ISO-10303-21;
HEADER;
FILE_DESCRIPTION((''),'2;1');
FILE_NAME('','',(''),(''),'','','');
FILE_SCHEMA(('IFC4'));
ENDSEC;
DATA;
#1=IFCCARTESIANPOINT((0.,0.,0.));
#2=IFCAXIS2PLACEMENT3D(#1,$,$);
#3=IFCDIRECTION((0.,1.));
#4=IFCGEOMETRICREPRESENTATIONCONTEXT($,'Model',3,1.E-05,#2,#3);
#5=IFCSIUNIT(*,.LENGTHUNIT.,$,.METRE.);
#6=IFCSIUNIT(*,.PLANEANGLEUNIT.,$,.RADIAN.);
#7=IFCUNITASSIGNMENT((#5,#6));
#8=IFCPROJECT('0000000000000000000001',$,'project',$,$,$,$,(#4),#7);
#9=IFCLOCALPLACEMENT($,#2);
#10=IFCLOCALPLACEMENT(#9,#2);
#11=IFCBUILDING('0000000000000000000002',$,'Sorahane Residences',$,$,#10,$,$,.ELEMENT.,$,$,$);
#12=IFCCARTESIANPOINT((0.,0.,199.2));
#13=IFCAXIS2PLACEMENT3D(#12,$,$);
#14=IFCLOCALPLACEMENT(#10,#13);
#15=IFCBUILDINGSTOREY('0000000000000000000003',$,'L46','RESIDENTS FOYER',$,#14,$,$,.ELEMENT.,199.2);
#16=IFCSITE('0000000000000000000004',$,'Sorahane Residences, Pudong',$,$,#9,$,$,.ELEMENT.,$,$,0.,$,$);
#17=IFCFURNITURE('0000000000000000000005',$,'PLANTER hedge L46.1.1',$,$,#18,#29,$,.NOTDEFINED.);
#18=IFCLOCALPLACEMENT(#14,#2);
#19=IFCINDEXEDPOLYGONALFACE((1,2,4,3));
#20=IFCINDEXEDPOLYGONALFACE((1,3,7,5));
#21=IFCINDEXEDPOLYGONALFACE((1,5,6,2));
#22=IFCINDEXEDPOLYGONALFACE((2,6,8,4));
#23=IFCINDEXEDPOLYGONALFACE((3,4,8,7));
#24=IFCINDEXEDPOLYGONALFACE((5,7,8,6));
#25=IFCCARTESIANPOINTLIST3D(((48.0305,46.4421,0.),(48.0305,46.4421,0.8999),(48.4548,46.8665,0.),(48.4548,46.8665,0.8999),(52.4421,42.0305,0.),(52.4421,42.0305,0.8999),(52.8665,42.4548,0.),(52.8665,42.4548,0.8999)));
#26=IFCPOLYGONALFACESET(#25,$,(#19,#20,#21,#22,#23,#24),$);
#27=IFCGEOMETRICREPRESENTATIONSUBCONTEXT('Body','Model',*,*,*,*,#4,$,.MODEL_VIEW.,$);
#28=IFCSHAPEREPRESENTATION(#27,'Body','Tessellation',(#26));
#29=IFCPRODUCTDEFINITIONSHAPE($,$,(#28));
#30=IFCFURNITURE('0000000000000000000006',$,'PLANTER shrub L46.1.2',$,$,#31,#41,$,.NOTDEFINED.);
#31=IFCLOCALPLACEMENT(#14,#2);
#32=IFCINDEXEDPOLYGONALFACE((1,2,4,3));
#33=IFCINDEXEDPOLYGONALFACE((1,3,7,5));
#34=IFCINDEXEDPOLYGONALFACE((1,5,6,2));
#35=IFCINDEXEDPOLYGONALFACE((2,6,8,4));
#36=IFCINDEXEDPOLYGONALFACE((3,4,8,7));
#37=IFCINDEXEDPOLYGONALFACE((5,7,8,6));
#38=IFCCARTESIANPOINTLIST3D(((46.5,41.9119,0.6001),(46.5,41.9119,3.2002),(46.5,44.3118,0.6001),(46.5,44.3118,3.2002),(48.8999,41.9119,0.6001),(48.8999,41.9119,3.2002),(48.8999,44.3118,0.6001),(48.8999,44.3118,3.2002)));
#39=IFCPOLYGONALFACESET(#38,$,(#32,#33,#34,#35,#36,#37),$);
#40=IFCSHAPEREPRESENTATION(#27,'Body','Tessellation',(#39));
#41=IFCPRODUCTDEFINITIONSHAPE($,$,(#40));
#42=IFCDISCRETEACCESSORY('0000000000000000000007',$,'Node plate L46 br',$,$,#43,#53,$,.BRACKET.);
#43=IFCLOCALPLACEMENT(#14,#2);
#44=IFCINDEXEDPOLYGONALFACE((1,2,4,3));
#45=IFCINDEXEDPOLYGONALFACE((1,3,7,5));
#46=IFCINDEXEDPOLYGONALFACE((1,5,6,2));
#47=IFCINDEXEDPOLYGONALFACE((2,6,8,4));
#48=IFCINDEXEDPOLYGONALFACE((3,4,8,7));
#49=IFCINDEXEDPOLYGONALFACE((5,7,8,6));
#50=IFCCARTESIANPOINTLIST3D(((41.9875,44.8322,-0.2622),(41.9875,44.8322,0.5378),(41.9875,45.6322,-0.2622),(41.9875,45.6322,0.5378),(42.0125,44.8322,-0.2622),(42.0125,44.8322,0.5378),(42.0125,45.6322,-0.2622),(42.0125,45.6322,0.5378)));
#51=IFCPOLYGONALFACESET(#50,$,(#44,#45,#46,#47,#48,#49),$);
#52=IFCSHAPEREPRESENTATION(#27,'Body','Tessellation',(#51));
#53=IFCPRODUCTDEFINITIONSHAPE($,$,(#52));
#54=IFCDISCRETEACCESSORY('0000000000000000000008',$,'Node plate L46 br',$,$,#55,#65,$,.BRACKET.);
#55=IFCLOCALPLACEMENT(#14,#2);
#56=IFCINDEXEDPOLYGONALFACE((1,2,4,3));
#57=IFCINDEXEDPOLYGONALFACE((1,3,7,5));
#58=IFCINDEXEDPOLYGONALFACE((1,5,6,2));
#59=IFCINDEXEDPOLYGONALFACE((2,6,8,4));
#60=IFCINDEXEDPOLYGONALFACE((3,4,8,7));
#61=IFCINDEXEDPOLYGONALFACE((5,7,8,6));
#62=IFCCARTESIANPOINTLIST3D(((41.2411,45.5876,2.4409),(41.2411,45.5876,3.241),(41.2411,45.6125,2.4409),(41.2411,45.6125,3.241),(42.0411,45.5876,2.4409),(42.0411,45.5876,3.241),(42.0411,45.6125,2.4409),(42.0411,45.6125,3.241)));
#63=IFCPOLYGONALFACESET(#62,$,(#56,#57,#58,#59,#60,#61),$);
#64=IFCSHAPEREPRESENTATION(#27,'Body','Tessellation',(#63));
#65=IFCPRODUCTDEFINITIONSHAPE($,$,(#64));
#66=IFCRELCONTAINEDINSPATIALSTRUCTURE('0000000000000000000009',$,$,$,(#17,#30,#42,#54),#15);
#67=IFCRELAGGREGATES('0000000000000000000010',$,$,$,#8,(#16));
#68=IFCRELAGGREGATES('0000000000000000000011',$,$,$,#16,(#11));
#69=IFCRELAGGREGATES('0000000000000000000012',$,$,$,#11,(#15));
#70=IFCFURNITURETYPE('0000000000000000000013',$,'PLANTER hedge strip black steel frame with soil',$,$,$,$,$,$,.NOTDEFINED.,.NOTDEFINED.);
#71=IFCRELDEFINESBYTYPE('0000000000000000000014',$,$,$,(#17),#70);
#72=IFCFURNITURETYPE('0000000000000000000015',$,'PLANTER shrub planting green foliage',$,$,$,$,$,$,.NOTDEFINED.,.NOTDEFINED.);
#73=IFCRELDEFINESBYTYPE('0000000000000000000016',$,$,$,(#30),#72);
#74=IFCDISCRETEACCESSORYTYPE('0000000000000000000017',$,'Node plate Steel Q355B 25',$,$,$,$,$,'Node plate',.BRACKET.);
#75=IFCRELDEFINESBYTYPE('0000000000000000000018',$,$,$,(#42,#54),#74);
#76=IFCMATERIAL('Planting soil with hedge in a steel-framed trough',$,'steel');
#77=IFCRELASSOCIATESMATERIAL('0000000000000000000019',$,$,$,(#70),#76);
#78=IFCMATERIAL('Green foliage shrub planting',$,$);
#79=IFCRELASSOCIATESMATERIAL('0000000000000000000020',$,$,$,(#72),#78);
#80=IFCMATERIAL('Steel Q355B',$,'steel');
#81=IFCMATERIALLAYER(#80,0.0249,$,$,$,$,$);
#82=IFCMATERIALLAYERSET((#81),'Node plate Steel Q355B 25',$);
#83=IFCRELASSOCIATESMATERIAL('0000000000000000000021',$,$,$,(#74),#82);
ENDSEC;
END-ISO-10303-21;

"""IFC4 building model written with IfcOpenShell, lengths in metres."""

from ifc_helpers import new_model, si_unit, direction, frame, origin, origin_2d, place, context, subcontext, project, spatial, rectangle, extrude, material, layer, layer_set, type_object, element, save


model = new_model("IFC4")

# Units and contexts
model_context = context("Model", 3, precision=1e-05, world=origin(), true_north=direction((0.0, 1.0)))
body_context = subcontext(model_context, "Body", "Model", "MODEL_VIEW")
ifc_project = project(units=[si_unit("LENGTHUNIT", "METRE"), si_unit("PLANEANGLEUNIT", "RADIAN")], contexts=[model_context])

# Site, building, storey
site_placement = place(None, origin())
site = spatial("IfcSite", under=ifc_project, at=site_placement, Name="Sorahane Residences, Pudong", CompositionType="ELEMENT", RefElevation=0.0)
building_placement = place(site_placement, origin())
building = spatial("IfcBuilding", under=site, at=building_placement, Name="Sorahane Residences", CompositionType="ELEMENT")
storey_placement = place(building_placement, frame((0.0, 0.0, 199.2)))
storey = spatial("IfcBuildingStorey", under=building, at=storey_placement, Name="L46", Description="RESIDENTS FOYER", CompositionType="ELEMENT", Elevation=199.2)

# Furniture
ifc_material_1 = material(Name="Planting soil with hedge in a steel-framed trough", Category="steel")
furniture_type_1 = type_object("IfcFurnitureType", Name="PLANTER hedge strip black steel frame with soil", AssemblyPlace="NOTDEFINED", PredefinedType="NOTDEFINED", material=ifc_material_1)
furniture_1_placement = place(storey_placement, frame((50.4485, 44.4485, 0.0), z_axis=(0.0, 0.0, 1.0), x_axis=(0.707107, -0.707107, 0.0)))
element("IfcFurniture", 1, at=furniture_1_placement, inside=storey, type_object=furniture_type_1, Name="PLANTER hedge L46.1.1", PredefinedType="NOTDEFINED", context=body_context, shape_type="SweptSolid", body=[
    extrude(rectangle(XDim=6.239, YDim=0.6001, at=origin_2d()), origin(), (0.0, 0.0, 1.0), 0.8999),
])
ifc_material_2 = material(Name="Green foliage shrub planting")
furniture_type_2 = type_object("IfcFurnitureType", Name="PLANTER shrub planting green foliage", AssemblyPlace="NOTDEFINED", PredefinedType="NOTDEFINED", material=ifc_material_2)
furniture_2_placement = place(storey_placement, frame((47.7, 43.1118, 0.6001), z_axis=(0.0, 0.0, 1.0), x_axis=(1.0, 0.0, 0.0)))
element("IfcFurniture", 2, at=furniture_2_placement, inside=storey, type_object=furniture_type_2, Name="PLANTER shrub L46.1.2", PredefinedType="NOTDEFINED", context=body_context, shape_type="SweptSolid", body=[
    extrude(rectangle(XDim=2.3999, YDim=2.3999, at=origin_2d()), origin(), (0.0, 0.0, 1.0), 2.6001),
])

# Discrete accessories
ifc_material_3 = material(Name="Steel Q355B", Category="steel")
ifc_layer_1 = layer(ifc_material_3, 0.0249)
ifc_layer_set_1 = layer_set([ifc_layer_1], Name="Node plate Steel Q355B 25")
discrete_accessory_type = type_object("IfcDiscreteAccessoryType", Name="Node plate Steel Q355B 25", ElementType="Node plate", PredefinedType="BRACKET", material=ifc_layer_set_1)
for number, where, z_axis, x_axis, name in (
    (3, (42.0, 45.2322, -0.2622), (0.0, 0.0, 1.0), (0.0, 1.0, 0.0), "Node plate L46 br"),
    (4, (41.6411, 45.6001, 2.4409), (0.0, 0.0, 1.0), (1.0, 0.0, 0.0), "Node plate L46 br"),
):
    element("IfcDiscreteAccessory", number, at=place(storey_placement, frame(where, z_axis=z_axis, x_axis=x_axis)), inside=storey, type_object=discrete_accessory_type, Name=name, PredefinedType="BRACKET", context=body_context, shape_type="SweptSolid", body=[
        extrude(rectangle(XDim=0.8, YDim=0.0249, at=origin_2d()), origin(), (0.0, 0.0, 1.0), 0.8),
    ])

save(model, "model.ifc")
